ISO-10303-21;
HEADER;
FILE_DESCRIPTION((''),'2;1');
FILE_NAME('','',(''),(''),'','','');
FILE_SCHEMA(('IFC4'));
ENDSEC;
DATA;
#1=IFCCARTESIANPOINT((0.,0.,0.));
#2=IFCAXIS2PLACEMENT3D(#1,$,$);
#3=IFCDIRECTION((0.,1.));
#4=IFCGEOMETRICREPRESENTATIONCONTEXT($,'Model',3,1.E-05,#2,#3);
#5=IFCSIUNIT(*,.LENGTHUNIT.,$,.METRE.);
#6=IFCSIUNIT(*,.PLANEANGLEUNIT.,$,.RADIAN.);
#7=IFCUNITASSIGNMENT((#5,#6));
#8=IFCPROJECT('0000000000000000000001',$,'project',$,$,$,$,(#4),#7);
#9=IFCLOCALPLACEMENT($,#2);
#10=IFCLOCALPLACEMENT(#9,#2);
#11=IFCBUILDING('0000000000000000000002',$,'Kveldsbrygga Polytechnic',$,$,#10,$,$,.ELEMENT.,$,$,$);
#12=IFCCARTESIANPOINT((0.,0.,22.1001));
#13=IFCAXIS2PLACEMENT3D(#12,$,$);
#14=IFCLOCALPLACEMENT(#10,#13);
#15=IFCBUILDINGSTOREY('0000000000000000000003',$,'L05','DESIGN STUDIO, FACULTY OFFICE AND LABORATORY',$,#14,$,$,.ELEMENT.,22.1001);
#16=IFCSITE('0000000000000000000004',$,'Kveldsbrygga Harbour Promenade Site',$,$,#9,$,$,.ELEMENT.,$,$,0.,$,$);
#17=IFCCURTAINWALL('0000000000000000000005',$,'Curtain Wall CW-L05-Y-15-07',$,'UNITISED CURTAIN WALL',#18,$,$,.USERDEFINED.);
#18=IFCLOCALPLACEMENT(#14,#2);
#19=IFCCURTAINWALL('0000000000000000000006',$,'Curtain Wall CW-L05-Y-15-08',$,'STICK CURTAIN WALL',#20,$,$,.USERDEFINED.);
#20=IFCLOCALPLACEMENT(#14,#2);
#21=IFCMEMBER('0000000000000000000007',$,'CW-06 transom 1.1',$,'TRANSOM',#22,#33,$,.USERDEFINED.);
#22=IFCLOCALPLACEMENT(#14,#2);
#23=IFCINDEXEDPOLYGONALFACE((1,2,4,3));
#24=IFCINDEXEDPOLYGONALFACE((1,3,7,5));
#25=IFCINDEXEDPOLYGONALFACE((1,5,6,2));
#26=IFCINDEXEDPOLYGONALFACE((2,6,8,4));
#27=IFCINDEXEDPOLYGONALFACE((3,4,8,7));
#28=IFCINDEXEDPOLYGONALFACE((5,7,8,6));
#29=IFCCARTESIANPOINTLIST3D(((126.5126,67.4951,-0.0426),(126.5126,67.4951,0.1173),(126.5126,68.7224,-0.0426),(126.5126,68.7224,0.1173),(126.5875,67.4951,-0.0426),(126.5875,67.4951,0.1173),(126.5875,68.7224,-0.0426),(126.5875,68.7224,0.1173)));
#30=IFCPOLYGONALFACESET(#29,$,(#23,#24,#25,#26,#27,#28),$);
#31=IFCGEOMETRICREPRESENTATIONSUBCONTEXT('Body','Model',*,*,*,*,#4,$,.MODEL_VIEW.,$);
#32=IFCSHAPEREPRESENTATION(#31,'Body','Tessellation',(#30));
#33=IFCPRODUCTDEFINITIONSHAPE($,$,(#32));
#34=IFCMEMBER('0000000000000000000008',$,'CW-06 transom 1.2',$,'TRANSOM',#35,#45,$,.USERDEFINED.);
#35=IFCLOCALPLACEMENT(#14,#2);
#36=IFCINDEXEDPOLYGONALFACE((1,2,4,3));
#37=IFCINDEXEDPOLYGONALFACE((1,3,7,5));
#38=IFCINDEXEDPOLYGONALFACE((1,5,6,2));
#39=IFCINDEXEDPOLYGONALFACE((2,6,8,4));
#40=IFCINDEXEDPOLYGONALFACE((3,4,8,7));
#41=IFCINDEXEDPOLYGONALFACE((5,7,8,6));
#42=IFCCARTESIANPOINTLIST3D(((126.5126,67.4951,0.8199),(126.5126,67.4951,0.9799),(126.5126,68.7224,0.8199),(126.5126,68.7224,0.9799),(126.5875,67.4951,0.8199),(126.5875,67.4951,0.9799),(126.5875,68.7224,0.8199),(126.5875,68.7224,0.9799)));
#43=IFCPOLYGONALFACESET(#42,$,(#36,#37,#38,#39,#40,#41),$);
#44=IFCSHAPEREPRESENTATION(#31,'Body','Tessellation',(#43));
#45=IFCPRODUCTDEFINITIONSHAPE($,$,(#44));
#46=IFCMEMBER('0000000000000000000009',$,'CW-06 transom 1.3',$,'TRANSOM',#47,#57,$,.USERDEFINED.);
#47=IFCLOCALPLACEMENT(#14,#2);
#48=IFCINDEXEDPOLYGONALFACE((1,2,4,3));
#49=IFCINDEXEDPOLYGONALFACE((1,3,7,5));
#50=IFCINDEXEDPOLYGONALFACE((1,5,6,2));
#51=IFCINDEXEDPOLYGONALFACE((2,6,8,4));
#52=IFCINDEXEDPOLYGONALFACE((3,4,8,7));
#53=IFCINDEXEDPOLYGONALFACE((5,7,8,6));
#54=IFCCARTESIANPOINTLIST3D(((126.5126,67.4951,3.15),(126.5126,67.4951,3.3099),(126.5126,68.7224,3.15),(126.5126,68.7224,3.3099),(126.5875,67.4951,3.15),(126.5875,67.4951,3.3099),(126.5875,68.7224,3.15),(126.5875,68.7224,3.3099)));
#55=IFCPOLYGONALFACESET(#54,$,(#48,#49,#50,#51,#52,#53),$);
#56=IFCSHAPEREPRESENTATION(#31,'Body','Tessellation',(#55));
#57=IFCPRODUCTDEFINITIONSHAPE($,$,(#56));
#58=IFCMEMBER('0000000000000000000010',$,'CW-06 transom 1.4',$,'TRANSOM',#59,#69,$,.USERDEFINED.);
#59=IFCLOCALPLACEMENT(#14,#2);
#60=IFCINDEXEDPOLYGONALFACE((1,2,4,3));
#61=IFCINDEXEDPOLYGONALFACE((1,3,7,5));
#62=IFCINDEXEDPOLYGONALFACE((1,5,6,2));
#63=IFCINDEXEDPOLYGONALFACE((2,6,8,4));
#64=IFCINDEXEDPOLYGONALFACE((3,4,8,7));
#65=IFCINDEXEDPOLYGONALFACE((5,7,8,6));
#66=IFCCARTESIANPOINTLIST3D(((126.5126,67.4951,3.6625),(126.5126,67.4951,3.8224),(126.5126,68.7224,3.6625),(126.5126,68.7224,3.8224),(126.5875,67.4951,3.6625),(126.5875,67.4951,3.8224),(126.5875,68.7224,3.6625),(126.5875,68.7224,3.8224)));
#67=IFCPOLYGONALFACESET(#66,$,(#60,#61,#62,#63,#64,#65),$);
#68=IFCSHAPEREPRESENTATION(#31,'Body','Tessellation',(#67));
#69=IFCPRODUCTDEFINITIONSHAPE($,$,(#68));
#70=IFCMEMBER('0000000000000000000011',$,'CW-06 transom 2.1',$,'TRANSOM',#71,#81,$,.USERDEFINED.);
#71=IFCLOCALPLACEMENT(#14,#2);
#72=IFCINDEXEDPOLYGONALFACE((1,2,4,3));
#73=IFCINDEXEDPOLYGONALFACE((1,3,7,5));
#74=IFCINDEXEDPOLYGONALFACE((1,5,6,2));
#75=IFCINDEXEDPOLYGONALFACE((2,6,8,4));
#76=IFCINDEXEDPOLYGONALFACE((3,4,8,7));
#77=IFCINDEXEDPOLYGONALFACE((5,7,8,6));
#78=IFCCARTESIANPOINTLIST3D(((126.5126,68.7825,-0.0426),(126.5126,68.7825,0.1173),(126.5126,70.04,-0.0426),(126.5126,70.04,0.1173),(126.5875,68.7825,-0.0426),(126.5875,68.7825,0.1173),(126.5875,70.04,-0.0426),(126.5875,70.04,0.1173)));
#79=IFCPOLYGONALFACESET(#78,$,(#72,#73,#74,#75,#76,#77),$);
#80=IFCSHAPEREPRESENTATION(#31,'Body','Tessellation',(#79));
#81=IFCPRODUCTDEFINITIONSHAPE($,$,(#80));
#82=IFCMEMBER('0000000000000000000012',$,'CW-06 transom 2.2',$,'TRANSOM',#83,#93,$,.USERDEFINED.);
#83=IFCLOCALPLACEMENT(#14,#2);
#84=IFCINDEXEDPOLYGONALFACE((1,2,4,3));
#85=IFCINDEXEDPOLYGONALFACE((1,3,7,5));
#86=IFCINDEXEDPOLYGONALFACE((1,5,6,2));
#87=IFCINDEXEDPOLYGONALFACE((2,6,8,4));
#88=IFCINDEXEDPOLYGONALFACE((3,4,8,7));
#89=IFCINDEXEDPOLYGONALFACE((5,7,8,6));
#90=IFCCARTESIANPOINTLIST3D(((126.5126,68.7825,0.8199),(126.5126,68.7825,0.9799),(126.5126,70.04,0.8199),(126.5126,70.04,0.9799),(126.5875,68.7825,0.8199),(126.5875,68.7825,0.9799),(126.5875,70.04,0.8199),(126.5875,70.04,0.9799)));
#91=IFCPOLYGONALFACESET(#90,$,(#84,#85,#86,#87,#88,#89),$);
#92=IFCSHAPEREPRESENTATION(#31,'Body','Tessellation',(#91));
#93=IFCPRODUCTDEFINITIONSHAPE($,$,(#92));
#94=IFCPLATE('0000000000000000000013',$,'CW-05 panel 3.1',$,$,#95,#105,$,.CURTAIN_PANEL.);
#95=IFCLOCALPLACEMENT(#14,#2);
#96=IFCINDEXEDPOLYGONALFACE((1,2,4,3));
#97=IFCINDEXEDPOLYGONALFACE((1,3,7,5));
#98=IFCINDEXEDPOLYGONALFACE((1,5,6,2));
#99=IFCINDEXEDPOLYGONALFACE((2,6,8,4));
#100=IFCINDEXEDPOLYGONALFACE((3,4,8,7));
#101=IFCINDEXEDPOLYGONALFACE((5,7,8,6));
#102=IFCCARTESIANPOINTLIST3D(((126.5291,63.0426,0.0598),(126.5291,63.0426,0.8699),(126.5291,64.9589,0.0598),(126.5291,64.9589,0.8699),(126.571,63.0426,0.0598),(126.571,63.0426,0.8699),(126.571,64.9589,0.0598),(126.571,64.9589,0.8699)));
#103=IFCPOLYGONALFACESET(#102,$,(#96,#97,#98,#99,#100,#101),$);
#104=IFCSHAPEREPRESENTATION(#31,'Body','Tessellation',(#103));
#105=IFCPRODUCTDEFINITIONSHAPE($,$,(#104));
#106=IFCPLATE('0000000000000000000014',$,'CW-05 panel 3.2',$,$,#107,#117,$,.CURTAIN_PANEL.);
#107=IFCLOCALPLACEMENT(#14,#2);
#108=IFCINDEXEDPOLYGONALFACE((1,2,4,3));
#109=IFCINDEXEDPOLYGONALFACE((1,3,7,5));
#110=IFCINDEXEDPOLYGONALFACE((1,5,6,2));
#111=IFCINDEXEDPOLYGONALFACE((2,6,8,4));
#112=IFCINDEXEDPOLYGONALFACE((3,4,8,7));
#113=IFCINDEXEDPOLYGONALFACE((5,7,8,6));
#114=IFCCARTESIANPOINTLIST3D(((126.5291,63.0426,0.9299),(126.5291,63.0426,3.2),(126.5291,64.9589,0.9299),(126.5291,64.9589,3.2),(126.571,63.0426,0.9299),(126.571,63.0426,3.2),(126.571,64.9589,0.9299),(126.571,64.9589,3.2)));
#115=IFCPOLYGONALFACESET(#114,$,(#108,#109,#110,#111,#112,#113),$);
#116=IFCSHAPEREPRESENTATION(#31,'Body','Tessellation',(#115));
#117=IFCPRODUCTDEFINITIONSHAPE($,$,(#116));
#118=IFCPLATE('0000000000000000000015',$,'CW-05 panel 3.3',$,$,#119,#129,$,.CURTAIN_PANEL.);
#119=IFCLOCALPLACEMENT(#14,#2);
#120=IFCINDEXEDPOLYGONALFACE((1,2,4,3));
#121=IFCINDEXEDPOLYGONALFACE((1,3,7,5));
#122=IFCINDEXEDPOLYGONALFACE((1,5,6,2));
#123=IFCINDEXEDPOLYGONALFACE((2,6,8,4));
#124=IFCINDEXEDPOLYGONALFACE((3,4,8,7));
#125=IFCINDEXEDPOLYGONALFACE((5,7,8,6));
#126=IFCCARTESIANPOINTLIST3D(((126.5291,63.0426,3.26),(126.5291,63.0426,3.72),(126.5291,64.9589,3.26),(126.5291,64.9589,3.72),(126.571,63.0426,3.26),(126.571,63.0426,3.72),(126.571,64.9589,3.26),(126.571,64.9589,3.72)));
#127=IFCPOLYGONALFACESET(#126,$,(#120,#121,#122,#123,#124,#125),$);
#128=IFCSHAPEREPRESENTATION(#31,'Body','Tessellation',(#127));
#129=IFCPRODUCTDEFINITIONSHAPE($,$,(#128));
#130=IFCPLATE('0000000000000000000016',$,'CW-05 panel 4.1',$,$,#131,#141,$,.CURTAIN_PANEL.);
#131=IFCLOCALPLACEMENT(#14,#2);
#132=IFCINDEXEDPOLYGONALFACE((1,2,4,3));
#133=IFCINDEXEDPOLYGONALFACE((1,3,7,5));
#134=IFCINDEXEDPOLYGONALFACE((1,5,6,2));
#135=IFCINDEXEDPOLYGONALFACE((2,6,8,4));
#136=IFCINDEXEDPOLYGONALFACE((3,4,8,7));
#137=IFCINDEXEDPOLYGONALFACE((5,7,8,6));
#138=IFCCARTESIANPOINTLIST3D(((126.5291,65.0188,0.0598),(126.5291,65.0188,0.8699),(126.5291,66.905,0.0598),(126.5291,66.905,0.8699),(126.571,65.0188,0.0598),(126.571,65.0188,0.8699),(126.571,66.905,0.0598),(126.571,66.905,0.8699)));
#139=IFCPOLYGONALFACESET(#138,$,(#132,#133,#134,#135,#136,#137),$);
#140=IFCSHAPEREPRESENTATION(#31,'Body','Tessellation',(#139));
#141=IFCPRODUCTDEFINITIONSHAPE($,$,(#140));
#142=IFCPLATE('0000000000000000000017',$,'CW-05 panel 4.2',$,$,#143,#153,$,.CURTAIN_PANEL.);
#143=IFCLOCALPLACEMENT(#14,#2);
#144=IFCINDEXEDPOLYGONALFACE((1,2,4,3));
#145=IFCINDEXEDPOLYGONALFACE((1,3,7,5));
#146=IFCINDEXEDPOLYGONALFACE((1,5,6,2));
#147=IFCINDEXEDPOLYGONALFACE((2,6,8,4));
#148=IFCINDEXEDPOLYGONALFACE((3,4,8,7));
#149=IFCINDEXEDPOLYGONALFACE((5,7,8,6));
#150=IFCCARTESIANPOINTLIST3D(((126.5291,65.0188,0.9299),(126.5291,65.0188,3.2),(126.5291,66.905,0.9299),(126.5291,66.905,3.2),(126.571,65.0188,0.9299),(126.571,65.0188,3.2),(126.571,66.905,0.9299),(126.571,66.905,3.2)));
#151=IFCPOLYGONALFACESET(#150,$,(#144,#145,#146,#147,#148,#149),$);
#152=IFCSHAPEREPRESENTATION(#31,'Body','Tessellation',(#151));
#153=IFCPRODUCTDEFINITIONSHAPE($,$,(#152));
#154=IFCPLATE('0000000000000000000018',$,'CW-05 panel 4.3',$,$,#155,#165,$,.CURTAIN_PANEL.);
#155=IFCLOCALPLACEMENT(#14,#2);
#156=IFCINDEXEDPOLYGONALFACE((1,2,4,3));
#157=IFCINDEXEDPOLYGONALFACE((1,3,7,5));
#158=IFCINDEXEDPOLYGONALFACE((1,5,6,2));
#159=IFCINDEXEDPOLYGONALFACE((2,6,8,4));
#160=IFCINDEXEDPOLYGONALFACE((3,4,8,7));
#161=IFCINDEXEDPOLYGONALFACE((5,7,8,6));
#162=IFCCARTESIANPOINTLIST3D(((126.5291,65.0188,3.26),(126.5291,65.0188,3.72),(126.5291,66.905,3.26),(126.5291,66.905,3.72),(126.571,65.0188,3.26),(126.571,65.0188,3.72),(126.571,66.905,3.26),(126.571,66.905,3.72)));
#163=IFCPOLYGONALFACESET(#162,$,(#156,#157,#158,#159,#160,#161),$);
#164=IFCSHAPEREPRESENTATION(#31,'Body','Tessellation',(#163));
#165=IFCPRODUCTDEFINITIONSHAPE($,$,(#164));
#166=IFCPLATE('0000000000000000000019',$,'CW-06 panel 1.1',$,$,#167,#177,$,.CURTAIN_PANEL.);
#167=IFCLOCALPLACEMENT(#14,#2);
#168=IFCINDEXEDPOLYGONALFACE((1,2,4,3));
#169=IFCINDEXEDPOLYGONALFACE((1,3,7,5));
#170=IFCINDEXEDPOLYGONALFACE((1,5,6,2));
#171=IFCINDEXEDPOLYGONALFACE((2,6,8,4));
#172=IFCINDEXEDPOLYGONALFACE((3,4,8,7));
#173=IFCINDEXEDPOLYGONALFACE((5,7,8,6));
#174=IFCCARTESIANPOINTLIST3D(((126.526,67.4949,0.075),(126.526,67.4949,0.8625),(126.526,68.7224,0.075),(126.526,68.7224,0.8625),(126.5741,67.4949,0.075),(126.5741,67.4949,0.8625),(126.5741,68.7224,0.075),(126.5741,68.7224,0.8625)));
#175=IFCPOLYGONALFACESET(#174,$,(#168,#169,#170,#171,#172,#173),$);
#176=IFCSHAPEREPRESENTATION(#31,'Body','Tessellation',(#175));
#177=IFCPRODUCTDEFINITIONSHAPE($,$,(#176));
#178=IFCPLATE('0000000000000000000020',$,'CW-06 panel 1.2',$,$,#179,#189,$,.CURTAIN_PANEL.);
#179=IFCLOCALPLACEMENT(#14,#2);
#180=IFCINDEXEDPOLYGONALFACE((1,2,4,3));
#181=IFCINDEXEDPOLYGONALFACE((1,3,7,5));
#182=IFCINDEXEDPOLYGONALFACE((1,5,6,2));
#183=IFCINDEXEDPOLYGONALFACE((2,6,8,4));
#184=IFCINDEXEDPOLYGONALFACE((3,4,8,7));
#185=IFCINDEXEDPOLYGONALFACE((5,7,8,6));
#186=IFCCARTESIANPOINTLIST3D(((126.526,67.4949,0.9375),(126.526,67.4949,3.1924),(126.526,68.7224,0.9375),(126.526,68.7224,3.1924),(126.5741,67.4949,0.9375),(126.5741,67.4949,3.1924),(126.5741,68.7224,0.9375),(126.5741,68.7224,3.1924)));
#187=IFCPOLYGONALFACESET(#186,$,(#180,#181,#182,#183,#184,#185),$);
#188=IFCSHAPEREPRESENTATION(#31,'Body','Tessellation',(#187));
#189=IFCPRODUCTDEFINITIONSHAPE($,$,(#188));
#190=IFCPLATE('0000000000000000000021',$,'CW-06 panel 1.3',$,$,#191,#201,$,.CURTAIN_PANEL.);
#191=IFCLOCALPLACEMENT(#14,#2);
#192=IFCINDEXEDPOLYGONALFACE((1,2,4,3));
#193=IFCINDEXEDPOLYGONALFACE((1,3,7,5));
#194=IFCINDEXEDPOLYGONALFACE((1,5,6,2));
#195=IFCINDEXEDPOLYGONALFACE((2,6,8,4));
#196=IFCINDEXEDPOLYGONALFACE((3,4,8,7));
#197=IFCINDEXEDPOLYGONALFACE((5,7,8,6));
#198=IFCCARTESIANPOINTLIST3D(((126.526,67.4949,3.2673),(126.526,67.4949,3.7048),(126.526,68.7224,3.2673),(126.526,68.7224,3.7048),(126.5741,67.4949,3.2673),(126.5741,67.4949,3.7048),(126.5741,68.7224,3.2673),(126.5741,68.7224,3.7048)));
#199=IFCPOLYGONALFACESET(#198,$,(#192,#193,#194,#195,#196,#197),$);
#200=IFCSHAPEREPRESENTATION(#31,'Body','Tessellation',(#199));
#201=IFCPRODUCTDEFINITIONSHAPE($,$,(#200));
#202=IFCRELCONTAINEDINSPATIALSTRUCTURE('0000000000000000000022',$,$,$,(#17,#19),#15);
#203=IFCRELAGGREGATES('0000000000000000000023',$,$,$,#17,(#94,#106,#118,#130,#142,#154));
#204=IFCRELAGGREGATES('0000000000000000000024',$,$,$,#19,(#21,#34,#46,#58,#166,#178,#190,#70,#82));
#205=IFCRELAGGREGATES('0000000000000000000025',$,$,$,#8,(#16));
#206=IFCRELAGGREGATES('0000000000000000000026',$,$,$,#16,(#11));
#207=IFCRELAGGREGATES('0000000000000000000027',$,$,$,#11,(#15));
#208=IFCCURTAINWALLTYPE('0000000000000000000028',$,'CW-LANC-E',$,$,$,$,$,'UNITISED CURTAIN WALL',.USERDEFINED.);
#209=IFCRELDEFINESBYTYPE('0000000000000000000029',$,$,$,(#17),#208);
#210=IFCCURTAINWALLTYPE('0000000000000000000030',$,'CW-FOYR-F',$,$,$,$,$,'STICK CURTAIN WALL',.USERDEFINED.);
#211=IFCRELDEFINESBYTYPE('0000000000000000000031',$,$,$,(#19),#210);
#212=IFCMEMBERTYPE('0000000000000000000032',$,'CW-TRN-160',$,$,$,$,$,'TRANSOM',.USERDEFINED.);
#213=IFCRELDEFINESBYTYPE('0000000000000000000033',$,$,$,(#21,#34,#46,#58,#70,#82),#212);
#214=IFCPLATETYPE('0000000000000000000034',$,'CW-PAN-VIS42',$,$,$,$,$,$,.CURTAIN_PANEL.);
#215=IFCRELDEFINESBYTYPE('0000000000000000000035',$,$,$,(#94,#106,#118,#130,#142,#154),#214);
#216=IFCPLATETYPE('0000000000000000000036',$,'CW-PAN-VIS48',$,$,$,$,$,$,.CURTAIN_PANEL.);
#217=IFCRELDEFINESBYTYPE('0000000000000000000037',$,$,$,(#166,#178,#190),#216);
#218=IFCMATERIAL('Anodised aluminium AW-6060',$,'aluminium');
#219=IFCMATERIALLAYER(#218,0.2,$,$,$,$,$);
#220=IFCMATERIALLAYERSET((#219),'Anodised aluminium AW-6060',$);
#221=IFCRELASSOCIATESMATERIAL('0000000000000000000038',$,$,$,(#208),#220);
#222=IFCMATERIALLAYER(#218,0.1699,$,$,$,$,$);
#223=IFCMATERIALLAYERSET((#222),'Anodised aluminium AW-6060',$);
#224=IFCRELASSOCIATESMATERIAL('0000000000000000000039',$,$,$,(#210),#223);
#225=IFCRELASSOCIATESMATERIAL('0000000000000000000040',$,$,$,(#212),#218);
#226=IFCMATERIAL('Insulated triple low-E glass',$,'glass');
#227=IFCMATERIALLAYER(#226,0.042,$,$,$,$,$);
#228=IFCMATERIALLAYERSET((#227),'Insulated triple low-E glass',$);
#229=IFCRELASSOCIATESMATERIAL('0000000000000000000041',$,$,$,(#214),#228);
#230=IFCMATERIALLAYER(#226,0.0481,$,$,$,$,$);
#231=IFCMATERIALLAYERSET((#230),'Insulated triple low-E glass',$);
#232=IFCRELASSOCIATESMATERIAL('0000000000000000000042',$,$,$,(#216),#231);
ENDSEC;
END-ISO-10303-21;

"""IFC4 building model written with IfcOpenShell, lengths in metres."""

from ifc_helpers import new_model, si_unit, direction, frame, origin, origin_2d, place, context, subcontext, project, spatial, rectangle, extrude, material, layer, layer_set, material_profile, profile_set, type_object, element, aggregate, save


model = new_model("IFC4")

# Units and contexts
model_context = context("Model", 3, precision=1e-05, world=origin(), true_north=direction((0.0, 1.0)))
body_context = subcontext(model_context, "Body", "Model", "MODEL_VIEW")
ifc_project = project(units=[si_unit("LENGTHUNIT", "METRE"), si_unit("PLANEANGLEUNIT", "RADIAN")], contexts=[model_context])

# Site, building, storey
site_placement = place(None, origin())
site = spatial("IfcSite", under=ifc_project, at=site_placement, Name="Kveldsbrygga Harbour Promenade Site", CompositionType="ELEMENT", RefElevation=0.0)
building_placement = place(site_placement, origin())
building = spatial("IfcBuilding", under=site, at=building_placement, Name="Kveldsbrygga Polytechnic", CompositionType="ELEMENT")
storey_placement = place(building_placement, frame((0.0, 0.0, 22.1001)))
storey = spatial("IfcBuildingStorey", under=building, at=storey_placement, Name="L05", Description="DESIGN STUDIO, FACULTY OFFICE AND LABORATORY", CompositionType="ELEMENT", Elevation=22.1001)

# Curtain walls
ifc_material_1 = material(Name="Anodised aluminium AW-6060", Category="aluminium")
ifc_layer_1 = layer(ifc_material_1, 0.2)
ifc_layer_set_1 = layer_set([ifc_layer_1], Name="Anodised aluminium AW-6060")
curtain_wall_type_1 = type_object("IfcCurtainWallType", Name="CW-LANC-E", ElementType="UNITISED CURTAIN WALL", PredefinedType="USERDEFINED", material=ifc_layer_set_1)
curtain_wall_1_placement = place(storey_placement, origin())
curtain_wall_1 = element("IfcCurtainWall", 1, at=curtain_wall_1_placement, inside=storey, type_object=curtain_wall_type_1, Name="Curtain Wall CW-L05-Y-15-07", ObjectType="UNITISED CURTAIN WALL", PredefinedType="USERDEFINED")
ifc_layer_2 = layer(ifc_material_1, 0.1699)
ifc_layer_set_2 = layer_set([ifc_layer_2], Name="Anodised aluminium AW-6060")
curtain_wall_type_2 = type_object("IfcCurtainWallType", Name="CW-FOYR-F", ElementType="STICK CURTAIN WALL", PredefinedType="USERDEFINED", material=ifc_layer_set_2)
curtain_wall_2_placement = place(storey_placement, origin())
curtain_wall_2 = element("IfcCurtainWall", 2, at=curtain_wall_2_placement, inside=storey, type_object=curtain_wall_type_2, Name="Curtain Wall CW-L05-Y-15-08", ObjectType="STICK CURTAIN WALL", PredefinedType="USERDEFINED")

# Members
ifc_material_profile_1 = material_profile(ifc_material_1, rectangle(XDim=0.075, YDim=0.1599, at=origin_2d()), Name="ALU 75x160")
ifc_profile_set_1 = profile_set([ifc_material_profile_1], Name="Anodised aluminium AW-6060")
member_type_1 = type_object("IfcMemberType", Name="CW-TRN-160", ElementType="TRANSOM", PredefinedType="USERDEFINED", material=ifc_profile_set_1)
member_1_placement = place(storey_placement, frame((126.55, 67.4951, 0.0374), z_axis=(0.0, 1.0, 0.0), x_axis=(-1.0, 0.0, 0.0)))
member_1 = element("IfcMember", 3, at=member_1_placement, type_object=member_type_1, Name="CW-06 transom 1.1", ObjectType="TRANSOM", PredefinedType="USERDEFINED", context=body_context, shape_type="SweptSolid", body=[
    extrude(rectangle(XDim=0.075, YDim=0.1599, at=origin_2d()), origin(), (0.0, 0.0, 1.0), 1.2273),
])
member_2_placement = place(storey_placement, frame((126.55, 67.4951, 0.8999), z_axis=(0.0, 1.0, 0.0), x_axis=(-1.0, 0.0, 0.0)))
member_2 = element("IfcMember", 4, at=member_2_placement, type_object=member_type_1, Name="CW-06 transom 1.2", ObjectType="TRANSOM", PredefinedType="USERDEFINED", context=body_context, shape_type="SweptSolid", body=[
    extrude(rectangle(XDim=0.075, YDim=0.1599, at=origin_2d()), origin(), (0.0, 0.0, 1.0), 1.2273),
])
member_3_placement = place(storey_placement, frame((126.55, 67.4951, 3.23), z_axis=(0.0, 1.0, 0.0), x_axis=(-1.0, 0.0, 0.0)))
member_3 = element("IfcMember", 5, at=member_3_placement, type_object=member_type_1, Name="CW-06 transom 1.3", ObjectType="TRANSOM", PredefinedType="USERDEFINED", context=body_context, shape_type="SweptSolid", body=[
    extrude(rectangle(XDim=0.075, YDim=0.1599, at=origin_2d()), origin(), (0.0, 0.0, 1.0), 1.2273),
])
member_4_placement = place(storey_placement, frame((126.55, 67.4951, 3.7424), z_axis=(0.0, 1.0, 0.0), x_axis=(-1.0, 0.0, 0.0)))
member_4 = element("IfcMember", 6, at=member_4_placement, type_object=member_type_1, Name="CW-06 transom 1.4", ObjectType="TRANSOM", PredefinedType="USERDEFINED", context=body_context, shape_type="SweptSolid", body=[
    extrude(rectangle(XDim=0.075, YDim=0.1599, at=origin_2d()), origin(), (0.0, 0.0, 1.0), 1.2273),
])
member_5_placement = place(storey_placement, frame((126.55, 68.7825, 0.0374), z_axis=(0.0, 1.0, 0.0), x_axis=(-1.0, 0.0, 0.0)))
member_5 = element("IfcMember", 7, at=member_5_placement, type_object=member_type_1, Name="CW-06 transom 2.1", ObjectType="TRANSOM", PredefinedType="USERDEFINED", context=body_context, shape_type="SweptSolid", body=[
    extrude(rectangle(XDim=0.075, YDim=0.1599, at=origin_2d()), origin(), (0.0, 0.0, 1.0), 1.2576),
])
member_6_placement = place(storey_placement, frame((126.55, 68.7825, 0.8999), z_axis=(0.0, 1.0, 0.0), x_axis=(-1.0, 0.0, 0.0)))
member_6 = element("IfcMember", 8, at=member_6_placement, type_object=member_type_1, Name="CW-06 transom 2.2", ObjectType="TRANSOM", PredefinedType="USERDEFINED", context=body_context, shape_type="SweptSolid", body=[
    extrude(rectangle(XDim=0.075, YDim=0.1599, at=origin_2d()), origin(), (0.0, 0.0, 1.0), 1.2576),
])

# Plates
ifc_material_2 = material(Name="Insulated triple low-E glass", Category="glass")
ifc_layer_3 = layer(ifc_material_2, 0.042)
ifc_layer_set_3 = layer_set([ifc_layer_3], Name="Insulated triple low-E glass")
plate_type_1 = type_object("IfcPlateType", Name="CW-PAN-VIS42", PredefinedType="CURTAIN_PANEL", material=ifc_layer_set_3)
plate_1_placement = place(storey_placement, frame((126.55, 64.0007, 0.0598), z_axis=(0.0, 0.0, 1.0), x_axis=(0.0, 1.0, 0.0)))
plate_1 = element("IfcPlate", 9, at=plate_1_placement, type_object=plate_type_1, Name="CW-05 panel 3.1", PredefinedType="CURTAIN_PANEL", context=body_context, shape_type="SweptSolid", body=[
    extrude(rectangle(XDim=1.9163, YDim=0.042, at=origin_2d()), origin(), (0.0, 0.0, 1.0), 0.8101),
])
plate_2_placement = place(storey_placement, frame((126.55, 64.0007, 0.9299), z_axis=(0.0, 0.0, 1.0), x_axis=(0.0, 1.0, 0.0)))
plate_2 = element("IfcPlate", 10, at=plate_2_placement, type_object=plate_type_1, Name="CW-05 panel 3.2", PredefinedType="CURTAIN_PANEL", context=body_context, shape_type="SweptSolid", body=[
    extrude(rectangle(XDim=1.9163, YDim=0.042, at=origin_2d()), origin(), (0.0, 0.0, 1.0), 2.27),
])
plate_3_placement = place(storey_placement, frame((126.55, 64.0007, 3.26), z_axis=(0.0, 0.0, 1.0), x_axis=(0.0, 1.0, 0.0)))
plate_3 = element("IfcPlate", 11, at=plate_3_placement, type_object=plate_type_1, Name="CW-05 panel 3.3", PredefinedType="CURTAIN_PANEL", context=body_context, shape_type="SweptSolid", body=[
    extrude(rectangle(XDim=1.9163, YDim=0.042, at=origin_2d()), origin(), (0.0, 0.0, 1.0), 0.46),
])
plate_4_placement = place(storey_placement, frame((126.55, 65.9619, 0.0598), z_axis=(0.0, 0.0, 1.0), x_axis=(0.0, 1.0, 0.0)))
plate_4 = element("IfcPlate", 12, at=plate_4_placement, type_object=plate_type_1, Name="CW-05 panel 4.1", PredefinedType="CURTAIN_PANEL", context=body_context, shape_type="SweptSolid", body=[
    extrude(rectangle(XDim=1.8862, YDim=0.042, at=origin_2d()), origin(), (0.0, 0.0, 1.0), 0.8101),
])
plate_5_placement = place(storey_placement, frame((126.55, 65.9619, 0.9299), z_axis=(0.0, 0.0, 1.0), x_axis=(0.0, 1.0, 0.0)))
plate_5 = element("IfcPlate", 13, at=plate_5_placement, type_object=plate_type_1, Name="CW-05 panel 4.2", PredefinedType="CURTAIN_PANEL", context=body_context, shape_type="SweptSolid", body=[
    extrude(rectangle(XDim=1.8862, YDim=0.042, at=origin_2d()), origin(), (0.0, 0.0, 1.0), 2.27),
])
plate_6_placement = place(storey_placement, frame((126.55, 65.9619, 3.26), z_axis=(0.0, 0.0, 1.0), x_axis=(0.0, 1.0, 0.0)))
plate_6 = element("IfcPlate", 14, at=plate_6_placement, type_object=plate_type_1, Name="CW-05 panel 4.3", PredefinedType="CURTAIN_PANEL", context=body_context, shape_type="SweptSolid", body=[
    extrude(rectangle(XDim=1.8862, YDim=0.042, at=origin_2d()), origin(), (0.0, 0.0, 1.0), 0.46),
])
aggregate(curtain_wall_1, [plate_1, plate_2, plate_3, plate_4, plate_5, plate_6])
ifc_layer_4 = layer(ifc_material_2, 0.0481)
ifc_layer_set_4 = layer_set([ifc_layer_4], Name="Insulated triple low-E glass")
plate_type_2 = type_object("IfcPlateType", Name="CW-PAN-VIS48", PredefinedType="CURTAIN_PANEL", material=ifc_layer_set_4)
plate_7_placement = place(storey_placement, frame((126.55, 68.1086, 0.075), z_axis=(0.0, 0.0, 1.0), x_axis=(0.0, 1.0, 0.0)))
plate_7 = element("IfcPlate", 15, at=plate_7_placement, type_object=plate_type_2, Name="CW-06 panel 1.1", PredefinedType="CURTAIN_PANEL", context=body_context, shape_type="SweptSolid", body=[
    extrude(rectangle(XDim=1.2275, YDim=0.0481, at=origin_2d()), origin(), (0.0, 0.0, 1.0), 0.7876),
])
plate_8_placement = place(storey_placement, frame((126.55, 68.1086, 0.9375), z_axis=(0.0, 0.0, 1.0), x_axis=(0.0, 1.0, 0.0)))
plate_8 = element("IfcPlate", 16, at=plate_8_placement, type_object=plate_type_2, Name="CW-06 panel 1.2", PredefinedType="CURTAIN_PANEL", context=body_context, shape_type="SweptSolid", body=[
    extrude(rectangle(XDim=1.2275, YDim=0.0481, at=origin_2d()), origin(), (0.0, 0.0, 1.0), 2.2549),
])
plate_9_placement = place(storey_placement, frame((126.55, 68.1086, 3.2673), z_axis=(0.0, 0.0, 1.0), x_axis=(0.0, 1.0, 0.0)))
plate_9 = element("IfcPlate", 17, at=plate_9_placement, type_object=plate_type_2, Name="CW-06 panel 1.3", PredefinedType="CURTAIN_PANEL", context=body_context, shape_type="SweptSolid", body=[
    extrude(rectangle(XDim=1.2275, YDim=0.0481, at=origin_2d()), origin(), (0.0, 0.0, 1.0), 0.4375),
])
aggregate(curtain_wall_2, [member_1, member_2, member_3, member_4, plate_7, plate_8, plate_9, member_5, member_6])

save(model, "model.ifc")
